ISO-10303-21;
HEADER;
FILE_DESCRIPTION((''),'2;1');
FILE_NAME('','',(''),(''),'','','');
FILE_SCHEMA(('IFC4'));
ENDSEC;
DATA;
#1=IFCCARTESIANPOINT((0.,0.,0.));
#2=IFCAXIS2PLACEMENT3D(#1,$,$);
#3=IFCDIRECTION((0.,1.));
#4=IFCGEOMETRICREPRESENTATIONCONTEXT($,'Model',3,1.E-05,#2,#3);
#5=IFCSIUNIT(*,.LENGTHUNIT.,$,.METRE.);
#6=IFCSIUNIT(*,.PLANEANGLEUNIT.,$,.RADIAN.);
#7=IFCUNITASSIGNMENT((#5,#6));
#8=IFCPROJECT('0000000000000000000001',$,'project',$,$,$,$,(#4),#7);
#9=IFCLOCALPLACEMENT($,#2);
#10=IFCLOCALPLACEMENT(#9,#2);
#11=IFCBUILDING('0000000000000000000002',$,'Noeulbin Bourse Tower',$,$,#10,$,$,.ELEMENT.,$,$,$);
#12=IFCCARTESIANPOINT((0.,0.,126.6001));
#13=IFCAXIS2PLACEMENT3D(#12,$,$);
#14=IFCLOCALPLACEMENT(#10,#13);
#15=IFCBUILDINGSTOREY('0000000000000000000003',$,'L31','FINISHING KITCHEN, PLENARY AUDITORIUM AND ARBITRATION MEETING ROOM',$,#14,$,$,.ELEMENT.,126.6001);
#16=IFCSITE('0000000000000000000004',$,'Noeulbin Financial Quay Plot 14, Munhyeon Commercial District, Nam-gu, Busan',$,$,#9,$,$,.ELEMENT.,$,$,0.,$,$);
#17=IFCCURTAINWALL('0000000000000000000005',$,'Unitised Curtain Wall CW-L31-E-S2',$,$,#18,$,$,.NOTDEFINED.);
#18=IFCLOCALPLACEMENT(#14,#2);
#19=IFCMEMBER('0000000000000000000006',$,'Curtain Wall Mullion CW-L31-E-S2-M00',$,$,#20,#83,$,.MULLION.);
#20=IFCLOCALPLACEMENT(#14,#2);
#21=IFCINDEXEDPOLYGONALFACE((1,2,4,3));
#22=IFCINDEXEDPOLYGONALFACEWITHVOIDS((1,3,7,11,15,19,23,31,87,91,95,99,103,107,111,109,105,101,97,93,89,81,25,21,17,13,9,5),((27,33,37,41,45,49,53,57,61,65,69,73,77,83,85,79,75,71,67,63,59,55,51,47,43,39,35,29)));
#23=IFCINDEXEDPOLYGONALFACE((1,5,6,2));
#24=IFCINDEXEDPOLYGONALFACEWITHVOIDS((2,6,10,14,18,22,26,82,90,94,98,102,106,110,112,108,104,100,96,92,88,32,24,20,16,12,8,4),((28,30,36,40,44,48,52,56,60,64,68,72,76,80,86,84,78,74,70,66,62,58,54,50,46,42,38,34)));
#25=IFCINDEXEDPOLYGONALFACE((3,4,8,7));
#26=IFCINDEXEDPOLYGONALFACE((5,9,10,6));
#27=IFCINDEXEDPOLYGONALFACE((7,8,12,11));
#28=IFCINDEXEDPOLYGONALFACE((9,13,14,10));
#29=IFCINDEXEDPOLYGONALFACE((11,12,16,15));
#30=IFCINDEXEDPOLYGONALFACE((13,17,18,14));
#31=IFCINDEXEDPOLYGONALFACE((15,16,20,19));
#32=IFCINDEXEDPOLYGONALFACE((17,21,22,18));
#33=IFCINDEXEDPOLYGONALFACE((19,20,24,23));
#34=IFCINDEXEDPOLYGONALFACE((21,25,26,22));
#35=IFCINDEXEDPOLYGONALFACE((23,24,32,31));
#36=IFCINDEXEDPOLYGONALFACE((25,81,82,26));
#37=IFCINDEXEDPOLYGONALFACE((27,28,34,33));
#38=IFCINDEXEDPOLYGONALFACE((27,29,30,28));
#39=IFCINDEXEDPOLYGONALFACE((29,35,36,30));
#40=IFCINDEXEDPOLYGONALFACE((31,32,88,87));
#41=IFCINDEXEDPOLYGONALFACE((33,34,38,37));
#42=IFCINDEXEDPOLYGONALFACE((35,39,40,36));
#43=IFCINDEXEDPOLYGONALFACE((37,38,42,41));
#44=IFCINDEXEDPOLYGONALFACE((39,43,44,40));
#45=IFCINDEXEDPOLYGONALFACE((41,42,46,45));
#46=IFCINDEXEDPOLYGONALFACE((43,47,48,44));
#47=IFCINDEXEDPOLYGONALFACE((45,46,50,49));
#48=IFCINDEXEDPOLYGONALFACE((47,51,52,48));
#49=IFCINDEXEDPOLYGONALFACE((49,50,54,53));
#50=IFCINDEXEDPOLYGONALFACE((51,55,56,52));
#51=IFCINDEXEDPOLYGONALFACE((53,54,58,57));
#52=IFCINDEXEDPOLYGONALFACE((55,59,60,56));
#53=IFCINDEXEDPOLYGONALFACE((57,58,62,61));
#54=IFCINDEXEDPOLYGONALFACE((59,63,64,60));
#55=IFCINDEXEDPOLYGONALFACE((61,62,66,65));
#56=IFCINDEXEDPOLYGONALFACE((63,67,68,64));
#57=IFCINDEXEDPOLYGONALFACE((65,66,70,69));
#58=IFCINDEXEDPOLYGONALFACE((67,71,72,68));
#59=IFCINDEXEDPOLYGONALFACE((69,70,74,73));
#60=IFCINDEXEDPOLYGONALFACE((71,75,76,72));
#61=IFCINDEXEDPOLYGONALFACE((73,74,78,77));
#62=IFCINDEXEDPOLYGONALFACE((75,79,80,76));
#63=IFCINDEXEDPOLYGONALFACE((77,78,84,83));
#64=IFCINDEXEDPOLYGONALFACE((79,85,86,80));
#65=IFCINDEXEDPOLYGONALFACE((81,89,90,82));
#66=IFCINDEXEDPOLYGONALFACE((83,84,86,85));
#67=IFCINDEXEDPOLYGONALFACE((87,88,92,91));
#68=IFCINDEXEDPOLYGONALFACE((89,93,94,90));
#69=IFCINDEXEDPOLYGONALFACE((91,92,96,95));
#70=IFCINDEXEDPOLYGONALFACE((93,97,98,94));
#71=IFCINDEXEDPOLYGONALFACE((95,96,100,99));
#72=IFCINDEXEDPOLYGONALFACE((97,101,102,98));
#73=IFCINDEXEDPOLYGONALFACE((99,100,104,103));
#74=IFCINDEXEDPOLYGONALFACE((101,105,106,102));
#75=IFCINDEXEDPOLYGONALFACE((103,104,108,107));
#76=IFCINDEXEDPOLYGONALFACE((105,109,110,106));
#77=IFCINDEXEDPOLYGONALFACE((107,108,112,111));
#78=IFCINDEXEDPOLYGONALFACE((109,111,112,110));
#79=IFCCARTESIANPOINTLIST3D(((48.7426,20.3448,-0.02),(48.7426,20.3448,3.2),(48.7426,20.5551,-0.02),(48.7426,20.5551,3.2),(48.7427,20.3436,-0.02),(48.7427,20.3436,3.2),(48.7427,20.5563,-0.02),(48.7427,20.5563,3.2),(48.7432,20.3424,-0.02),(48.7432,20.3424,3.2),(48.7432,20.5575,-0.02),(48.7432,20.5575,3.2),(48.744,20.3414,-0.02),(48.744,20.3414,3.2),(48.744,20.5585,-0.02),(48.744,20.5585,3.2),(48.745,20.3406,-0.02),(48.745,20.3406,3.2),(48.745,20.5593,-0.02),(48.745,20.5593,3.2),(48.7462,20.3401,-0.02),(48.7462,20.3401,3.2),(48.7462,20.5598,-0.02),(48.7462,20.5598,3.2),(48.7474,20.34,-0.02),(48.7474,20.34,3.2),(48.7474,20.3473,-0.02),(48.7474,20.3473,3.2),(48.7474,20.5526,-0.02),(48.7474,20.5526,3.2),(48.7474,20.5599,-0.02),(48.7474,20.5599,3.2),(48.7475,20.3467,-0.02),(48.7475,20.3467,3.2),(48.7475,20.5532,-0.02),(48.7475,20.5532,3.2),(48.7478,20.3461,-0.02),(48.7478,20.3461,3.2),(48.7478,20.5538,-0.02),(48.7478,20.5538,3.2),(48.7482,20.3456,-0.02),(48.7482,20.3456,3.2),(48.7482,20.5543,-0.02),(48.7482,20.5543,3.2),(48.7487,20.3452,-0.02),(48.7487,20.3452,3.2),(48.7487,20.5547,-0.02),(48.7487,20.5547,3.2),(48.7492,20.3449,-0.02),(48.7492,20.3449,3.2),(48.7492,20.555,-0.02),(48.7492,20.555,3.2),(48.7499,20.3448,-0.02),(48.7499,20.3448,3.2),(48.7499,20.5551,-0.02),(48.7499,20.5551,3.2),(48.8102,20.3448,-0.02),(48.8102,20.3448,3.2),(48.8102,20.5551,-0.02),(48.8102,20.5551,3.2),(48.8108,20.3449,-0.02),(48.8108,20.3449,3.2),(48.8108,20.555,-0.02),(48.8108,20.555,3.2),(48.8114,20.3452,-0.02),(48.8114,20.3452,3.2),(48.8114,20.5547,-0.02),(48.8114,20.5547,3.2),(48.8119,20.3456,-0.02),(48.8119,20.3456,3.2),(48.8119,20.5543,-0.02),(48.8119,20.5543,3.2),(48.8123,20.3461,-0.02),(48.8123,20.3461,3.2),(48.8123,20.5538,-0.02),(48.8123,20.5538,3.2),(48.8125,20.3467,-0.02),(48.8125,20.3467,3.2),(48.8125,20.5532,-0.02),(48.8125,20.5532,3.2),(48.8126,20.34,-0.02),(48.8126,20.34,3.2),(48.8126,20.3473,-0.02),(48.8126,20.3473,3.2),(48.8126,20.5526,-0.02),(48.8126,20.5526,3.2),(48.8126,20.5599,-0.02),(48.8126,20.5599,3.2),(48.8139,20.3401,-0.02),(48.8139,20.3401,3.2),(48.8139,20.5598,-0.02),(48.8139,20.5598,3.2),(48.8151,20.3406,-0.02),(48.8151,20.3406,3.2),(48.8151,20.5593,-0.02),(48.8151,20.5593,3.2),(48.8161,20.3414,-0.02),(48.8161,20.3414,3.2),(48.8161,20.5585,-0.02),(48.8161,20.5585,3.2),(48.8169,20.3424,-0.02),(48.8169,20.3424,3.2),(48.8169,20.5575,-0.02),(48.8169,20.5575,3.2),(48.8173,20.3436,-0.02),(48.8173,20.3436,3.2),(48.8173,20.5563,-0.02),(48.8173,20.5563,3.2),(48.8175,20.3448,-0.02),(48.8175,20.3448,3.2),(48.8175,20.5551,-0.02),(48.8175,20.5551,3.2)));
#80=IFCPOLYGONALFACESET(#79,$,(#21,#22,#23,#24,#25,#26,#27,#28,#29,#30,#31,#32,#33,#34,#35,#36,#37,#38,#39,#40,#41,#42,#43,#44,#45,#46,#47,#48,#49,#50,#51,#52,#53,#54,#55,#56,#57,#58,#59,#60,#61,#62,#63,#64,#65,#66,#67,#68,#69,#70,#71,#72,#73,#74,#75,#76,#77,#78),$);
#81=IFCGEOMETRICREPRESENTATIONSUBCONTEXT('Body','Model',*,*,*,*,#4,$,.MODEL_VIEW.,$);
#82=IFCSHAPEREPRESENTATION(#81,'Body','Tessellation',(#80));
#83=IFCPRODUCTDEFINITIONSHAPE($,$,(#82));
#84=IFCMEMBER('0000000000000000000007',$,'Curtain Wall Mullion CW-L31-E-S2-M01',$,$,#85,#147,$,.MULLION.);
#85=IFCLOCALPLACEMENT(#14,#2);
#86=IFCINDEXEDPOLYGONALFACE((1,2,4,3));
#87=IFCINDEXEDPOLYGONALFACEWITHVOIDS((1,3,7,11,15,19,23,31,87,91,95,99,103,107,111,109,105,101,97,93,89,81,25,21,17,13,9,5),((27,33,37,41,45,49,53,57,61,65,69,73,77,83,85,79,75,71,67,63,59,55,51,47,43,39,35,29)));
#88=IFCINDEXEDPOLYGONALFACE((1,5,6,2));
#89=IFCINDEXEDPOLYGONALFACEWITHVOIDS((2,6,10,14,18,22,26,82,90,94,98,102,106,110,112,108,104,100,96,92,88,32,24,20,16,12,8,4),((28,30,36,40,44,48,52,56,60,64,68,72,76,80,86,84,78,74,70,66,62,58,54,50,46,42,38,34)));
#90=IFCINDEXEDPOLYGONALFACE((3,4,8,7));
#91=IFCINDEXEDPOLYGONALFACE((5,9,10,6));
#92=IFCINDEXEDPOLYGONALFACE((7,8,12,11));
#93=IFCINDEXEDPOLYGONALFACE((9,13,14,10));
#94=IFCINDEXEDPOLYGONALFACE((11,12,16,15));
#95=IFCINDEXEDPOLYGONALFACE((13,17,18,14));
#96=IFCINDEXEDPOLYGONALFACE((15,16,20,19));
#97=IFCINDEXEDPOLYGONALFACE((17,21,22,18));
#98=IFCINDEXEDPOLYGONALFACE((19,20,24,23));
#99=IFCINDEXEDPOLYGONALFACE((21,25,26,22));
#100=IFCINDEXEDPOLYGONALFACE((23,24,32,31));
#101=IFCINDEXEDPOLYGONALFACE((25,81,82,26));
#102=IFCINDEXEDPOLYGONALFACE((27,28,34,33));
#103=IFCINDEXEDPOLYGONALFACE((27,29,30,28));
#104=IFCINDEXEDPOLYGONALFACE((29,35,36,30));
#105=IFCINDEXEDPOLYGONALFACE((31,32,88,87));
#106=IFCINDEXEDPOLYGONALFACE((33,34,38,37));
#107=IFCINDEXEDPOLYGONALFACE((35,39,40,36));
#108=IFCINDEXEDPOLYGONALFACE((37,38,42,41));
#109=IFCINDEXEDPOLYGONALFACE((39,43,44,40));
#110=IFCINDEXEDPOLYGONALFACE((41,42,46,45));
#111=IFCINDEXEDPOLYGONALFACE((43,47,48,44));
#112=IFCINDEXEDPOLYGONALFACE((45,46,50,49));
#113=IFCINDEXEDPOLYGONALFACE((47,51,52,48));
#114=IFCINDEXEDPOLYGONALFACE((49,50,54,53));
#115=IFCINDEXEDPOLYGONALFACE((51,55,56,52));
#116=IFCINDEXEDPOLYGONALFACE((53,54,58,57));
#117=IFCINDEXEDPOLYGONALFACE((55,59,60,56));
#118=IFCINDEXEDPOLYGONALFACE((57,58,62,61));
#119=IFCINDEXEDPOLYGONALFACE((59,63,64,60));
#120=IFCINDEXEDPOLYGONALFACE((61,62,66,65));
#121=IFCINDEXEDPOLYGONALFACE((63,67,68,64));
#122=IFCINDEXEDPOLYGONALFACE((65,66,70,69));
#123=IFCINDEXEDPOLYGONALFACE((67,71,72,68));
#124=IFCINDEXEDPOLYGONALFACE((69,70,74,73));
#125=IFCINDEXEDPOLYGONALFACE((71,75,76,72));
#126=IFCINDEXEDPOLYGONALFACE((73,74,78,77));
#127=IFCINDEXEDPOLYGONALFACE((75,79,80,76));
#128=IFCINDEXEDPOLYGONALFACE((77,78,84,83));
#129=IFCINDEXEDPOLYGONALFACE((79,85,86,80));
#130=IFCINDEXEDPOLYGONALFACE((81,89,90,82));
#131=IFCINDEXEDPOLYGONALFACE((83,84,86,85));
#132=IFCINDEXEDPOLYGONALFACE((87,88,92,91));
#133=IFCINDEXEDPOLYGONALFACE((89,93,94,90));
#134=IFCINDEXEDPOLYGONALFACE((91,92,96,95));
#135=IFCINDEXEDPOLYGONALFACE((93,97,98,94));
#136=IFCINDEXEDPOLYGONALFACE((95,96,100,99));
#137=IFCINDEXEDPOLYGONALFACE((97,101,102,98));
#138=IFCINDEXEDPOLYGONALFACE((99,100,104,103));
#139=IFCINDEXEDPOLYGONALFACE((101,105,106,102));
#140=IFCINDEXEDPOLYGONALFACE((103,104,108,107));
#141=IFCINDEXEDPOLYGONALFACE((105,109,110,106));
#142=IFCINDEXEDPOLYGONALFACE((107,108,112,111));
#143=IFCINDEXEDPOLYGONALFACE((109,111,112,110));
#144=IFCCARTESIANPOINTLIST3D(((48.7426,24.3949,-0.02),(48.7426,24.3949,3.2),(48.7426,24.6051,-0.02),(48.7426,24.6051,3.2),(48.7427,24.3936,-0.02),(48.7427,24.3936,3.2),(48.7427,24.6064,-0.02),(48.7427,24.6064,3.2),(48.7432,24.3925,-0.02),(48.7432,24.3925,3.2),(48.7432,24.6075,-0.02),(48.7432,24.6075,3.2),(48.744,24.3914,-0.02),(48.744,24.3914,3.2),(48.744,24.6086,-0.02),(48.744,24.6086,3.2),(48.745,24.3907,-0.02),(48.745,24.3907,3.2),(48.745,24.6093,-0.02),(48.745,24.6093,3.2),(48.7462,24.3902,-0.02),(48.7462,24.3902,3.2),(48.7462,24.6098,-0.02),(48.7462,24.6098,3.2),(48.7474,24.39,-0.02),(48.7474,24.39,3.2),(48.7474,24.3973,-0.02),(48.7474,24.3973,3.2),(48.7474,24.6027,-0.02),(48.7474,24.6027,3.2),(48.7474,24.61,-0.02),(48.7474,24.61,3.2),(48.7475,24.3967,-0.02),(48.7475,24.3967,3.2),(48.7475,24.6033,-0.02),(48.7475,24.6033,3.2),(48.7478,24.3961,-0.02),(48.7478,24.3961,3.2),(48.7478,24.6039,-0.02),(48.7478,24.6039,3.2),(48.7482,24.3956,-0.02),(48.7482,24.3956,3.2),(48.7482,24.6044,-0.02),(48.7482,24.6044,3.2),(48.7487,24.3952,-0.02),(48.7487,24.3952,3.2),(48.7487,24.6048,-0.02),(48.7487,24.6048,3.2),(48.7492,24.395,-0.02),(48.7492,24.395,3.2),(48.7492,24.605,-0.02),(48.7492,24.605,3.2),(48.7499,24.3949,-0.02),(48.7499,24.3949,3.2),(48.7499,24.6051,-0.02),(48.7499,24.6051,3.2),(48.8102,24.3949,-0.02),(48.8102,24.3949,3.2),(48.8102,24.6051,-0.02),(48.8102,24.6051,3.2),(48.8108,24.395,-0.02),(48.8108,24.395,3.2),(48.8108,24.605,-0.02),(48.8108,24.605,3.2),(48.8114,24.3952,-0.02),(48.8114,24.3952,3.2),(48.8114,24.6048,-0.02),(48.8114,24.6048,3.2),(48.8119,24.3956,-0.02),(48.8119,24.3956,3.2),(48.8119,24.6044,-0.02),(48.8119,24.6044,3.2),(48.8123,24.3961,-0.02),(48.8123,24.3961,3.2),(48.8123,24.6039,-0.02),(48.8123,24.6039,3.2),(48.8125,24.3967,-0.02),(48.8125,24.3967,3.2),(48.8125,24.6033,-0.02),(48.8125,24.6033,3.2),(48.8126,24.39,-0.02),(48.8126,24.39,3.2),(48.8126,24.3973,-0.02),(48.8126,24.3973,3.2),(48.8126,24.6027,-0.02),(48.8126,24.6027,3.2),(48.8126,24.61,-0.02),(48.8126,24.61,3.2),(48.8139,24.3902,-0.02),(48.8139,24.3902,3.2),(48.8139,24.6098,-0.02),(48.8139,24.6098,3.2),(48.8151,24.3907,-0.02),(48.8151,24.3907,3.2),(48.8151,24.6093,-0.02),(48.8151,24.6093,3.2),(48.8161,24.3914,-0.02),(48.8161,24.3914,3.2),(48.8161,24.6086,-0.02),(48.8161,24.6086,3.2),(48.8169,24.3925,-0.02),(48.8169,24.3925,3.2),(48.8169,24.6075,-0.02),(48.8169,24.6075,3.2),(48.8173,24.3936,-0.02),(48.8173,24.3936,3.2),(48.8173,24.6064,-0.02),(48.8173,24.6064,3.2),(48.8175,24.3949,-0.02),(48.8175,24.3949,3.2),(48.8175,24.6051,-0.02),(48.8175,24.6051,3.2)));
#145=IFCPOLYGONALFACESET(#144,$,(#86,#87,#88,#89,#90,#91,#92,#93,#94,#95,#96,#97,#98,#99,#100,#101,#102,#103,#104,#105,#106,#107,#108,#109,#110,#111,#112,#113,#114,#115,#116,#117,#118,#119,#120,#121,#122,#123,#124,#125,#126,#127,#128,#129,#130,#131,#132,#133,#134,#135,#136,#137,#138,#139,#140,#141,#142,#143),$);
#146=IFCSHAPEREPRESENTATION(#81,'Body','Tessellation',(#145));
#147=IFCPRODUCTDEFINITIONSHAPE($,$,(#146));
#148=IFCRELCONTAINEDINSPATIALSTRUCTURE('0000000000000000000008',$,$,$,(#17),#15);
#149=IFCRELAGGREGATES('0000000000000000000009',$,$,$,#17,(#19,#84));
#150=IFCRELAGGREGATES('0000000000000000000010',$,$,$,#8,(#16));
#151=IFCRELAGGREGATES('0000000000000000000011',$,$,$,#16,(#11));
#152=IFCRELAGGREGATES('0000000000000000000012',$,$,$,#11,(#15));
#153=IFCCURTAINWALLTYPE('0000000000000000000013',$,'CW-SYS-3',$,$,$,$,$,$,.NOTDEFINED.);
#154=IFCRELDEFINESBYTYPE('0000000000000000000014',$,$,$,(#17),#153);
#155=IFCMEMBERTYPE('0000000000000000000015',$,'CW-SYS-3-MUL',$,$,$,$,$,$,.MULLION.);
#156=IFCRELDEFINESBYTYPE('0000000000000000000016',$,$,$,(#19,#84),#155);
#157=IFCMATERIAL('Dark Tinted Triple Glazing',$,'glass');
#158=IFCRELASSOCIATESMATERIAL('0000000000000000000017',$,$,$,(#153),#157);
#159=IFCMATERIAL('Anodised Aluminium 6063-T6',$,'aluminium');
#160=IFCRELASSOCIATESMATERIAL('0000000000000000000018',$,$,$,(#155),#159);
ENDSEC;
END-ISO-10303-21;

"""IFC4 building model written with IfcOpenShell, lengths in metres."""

from ifc_helpers import new_model, si_unit, direction, frame, origin, origin_2d, place, context, subcontext, project, spatial, hollow_rectangle, extrude, material, material_profile, profile_set, type_object, element, aggregate, save


model = new_model("IFC4")

# Units and contexts
model_context = context("Model", 3, precision=1e-05, world=origin(), true_north=direction((0.0, 1.0)))
body_context = subcontext(model_context, "Body", "Model", "MODEL_VIEW")
ifc_project = project(units=[si_unit("LENGTHUNIT", "METRE"), si_unit("PLANEANGLEUNIT", "RADIAN")], contexts=[model_context])

# Site, building, storey
site_placement = place(None, origin())
site = spatial("IfcSite", under=ifc_project, at=site_placement, Name="Noeulbin Financial Quay Plot 14, Munhyeon Commercial District, Nam-gu, Busan", CompositionType="ELEMENT", RefElevation=0.0)
building_placement = place(site_placement, origin())
building = spatial("IfcBuilding", under=site, at=building_placement, Name="Noeulbin Bourse Tower", CompositionType="ELEMENT")
storey_placement = place(building_placement, frame((0.0, 0.0, 126.6001)))
storey = spatial("IfcBuildingStorey", under=building, at=storey_placement, Name="L31", Description="FINISHING KITCHEN, PLENARY AUDITORIUM AND ARBITRATION MEETING ROOM", CompositionType="ELEMENT", Elevation=126.6001)

# Curtain wall, members
ifc_material_1 = material(Name="Dark Tinted Triple Glazing", Category="glass")
curtain_wall_type = type_object("IfcCurtainWallType", Name="CW-SYS-3", PredefinedType="NOTDEFINED", material=ifc_material_1)
curtain_wall_1_placement = place(storey_placement, origin())
curtain_wall_1 = element("IfcCurtainWall", 1, at=curtain_wall_1_placement, inside=storey, type_object=curtain_wall_type, Name="Unitised Curtain Wall CW-L31-E-S2", PredefinedType="NOTDEFINED")
ifc_material_2 = material(Name="Anodised Aluminium 6063-T6", Category="aluminium")
ifc_material_profile_1 = material_profile(ifc_material_2, hollow_rectangle(XDim=0.075, YDim=0.22, WallThickness=0.0049, InnerFilletRadius=0.0024, OuterFilletRadius=0.0049, at=origin_2d()), Name="ALU-MULL-75x220x5", Category="LoadBearing")
ifc_profile_set_1 = profile_set([ifc_material_profile_1], Name="Anodised Aluminium 6063-T6")
member_type_1 = type_object("IfcMemberType", Name="CW-SYS-3-MUL", PredefinedType="MULLION", material=ifc_profile_set_1)
member_1_placement = place(storey_placement, frame((48.78, 20.45, -0.02), z_axis=(0.0, 0.0, 1.0), x_axis=(1.0, 0.0, 0.0)))
member_1 = element("IfcMember", 2, at=member_1_placement, type_object=member_type_1, Name="Curtain Wall Mullion CW-L31-E-S2-M00", PredefinedType="MULLION", context=body_context, shape_type="SweptSolid", body=[
    extrude(hollow_rectangle(XDim=0.075, YDim=0.22, WallThickness=0.0049, InnerFilletRadius=0.0024, OuterFilletRadius=0.0049, at=origin_2d()), origin(), (0.0, 0.0, 1.0), 3.22),
])
member_2_placement = place(storey_placement, frame((48.78, 24.5, -0.02), z_axis=(0.0, 0.0, 1.0), x_axis=(1.0, 0.0, 0.0)))
member_2 = element("IfcMember", 3, at=member_2_placement, type_object=member_type_1, Name="Curtain Wall Mullion CW-L31-E-S2-M01", PredefinedType="MULLION", context=body_context, shape_type="SweptSolid", body=[
    extrude(hollow_rectangle(XDim=0.075, YDim=0.22, WallThickness=0.0049, InnerFilletRadius=0.0024, OuterFilletRadius=0.0049, at=origin_2d()), origin(), (0.0, 0.0, 1.0), 3.22),
])

aggregate(curtain_wall_1, [member_1, member_2])

save(model, "model.ifc")
